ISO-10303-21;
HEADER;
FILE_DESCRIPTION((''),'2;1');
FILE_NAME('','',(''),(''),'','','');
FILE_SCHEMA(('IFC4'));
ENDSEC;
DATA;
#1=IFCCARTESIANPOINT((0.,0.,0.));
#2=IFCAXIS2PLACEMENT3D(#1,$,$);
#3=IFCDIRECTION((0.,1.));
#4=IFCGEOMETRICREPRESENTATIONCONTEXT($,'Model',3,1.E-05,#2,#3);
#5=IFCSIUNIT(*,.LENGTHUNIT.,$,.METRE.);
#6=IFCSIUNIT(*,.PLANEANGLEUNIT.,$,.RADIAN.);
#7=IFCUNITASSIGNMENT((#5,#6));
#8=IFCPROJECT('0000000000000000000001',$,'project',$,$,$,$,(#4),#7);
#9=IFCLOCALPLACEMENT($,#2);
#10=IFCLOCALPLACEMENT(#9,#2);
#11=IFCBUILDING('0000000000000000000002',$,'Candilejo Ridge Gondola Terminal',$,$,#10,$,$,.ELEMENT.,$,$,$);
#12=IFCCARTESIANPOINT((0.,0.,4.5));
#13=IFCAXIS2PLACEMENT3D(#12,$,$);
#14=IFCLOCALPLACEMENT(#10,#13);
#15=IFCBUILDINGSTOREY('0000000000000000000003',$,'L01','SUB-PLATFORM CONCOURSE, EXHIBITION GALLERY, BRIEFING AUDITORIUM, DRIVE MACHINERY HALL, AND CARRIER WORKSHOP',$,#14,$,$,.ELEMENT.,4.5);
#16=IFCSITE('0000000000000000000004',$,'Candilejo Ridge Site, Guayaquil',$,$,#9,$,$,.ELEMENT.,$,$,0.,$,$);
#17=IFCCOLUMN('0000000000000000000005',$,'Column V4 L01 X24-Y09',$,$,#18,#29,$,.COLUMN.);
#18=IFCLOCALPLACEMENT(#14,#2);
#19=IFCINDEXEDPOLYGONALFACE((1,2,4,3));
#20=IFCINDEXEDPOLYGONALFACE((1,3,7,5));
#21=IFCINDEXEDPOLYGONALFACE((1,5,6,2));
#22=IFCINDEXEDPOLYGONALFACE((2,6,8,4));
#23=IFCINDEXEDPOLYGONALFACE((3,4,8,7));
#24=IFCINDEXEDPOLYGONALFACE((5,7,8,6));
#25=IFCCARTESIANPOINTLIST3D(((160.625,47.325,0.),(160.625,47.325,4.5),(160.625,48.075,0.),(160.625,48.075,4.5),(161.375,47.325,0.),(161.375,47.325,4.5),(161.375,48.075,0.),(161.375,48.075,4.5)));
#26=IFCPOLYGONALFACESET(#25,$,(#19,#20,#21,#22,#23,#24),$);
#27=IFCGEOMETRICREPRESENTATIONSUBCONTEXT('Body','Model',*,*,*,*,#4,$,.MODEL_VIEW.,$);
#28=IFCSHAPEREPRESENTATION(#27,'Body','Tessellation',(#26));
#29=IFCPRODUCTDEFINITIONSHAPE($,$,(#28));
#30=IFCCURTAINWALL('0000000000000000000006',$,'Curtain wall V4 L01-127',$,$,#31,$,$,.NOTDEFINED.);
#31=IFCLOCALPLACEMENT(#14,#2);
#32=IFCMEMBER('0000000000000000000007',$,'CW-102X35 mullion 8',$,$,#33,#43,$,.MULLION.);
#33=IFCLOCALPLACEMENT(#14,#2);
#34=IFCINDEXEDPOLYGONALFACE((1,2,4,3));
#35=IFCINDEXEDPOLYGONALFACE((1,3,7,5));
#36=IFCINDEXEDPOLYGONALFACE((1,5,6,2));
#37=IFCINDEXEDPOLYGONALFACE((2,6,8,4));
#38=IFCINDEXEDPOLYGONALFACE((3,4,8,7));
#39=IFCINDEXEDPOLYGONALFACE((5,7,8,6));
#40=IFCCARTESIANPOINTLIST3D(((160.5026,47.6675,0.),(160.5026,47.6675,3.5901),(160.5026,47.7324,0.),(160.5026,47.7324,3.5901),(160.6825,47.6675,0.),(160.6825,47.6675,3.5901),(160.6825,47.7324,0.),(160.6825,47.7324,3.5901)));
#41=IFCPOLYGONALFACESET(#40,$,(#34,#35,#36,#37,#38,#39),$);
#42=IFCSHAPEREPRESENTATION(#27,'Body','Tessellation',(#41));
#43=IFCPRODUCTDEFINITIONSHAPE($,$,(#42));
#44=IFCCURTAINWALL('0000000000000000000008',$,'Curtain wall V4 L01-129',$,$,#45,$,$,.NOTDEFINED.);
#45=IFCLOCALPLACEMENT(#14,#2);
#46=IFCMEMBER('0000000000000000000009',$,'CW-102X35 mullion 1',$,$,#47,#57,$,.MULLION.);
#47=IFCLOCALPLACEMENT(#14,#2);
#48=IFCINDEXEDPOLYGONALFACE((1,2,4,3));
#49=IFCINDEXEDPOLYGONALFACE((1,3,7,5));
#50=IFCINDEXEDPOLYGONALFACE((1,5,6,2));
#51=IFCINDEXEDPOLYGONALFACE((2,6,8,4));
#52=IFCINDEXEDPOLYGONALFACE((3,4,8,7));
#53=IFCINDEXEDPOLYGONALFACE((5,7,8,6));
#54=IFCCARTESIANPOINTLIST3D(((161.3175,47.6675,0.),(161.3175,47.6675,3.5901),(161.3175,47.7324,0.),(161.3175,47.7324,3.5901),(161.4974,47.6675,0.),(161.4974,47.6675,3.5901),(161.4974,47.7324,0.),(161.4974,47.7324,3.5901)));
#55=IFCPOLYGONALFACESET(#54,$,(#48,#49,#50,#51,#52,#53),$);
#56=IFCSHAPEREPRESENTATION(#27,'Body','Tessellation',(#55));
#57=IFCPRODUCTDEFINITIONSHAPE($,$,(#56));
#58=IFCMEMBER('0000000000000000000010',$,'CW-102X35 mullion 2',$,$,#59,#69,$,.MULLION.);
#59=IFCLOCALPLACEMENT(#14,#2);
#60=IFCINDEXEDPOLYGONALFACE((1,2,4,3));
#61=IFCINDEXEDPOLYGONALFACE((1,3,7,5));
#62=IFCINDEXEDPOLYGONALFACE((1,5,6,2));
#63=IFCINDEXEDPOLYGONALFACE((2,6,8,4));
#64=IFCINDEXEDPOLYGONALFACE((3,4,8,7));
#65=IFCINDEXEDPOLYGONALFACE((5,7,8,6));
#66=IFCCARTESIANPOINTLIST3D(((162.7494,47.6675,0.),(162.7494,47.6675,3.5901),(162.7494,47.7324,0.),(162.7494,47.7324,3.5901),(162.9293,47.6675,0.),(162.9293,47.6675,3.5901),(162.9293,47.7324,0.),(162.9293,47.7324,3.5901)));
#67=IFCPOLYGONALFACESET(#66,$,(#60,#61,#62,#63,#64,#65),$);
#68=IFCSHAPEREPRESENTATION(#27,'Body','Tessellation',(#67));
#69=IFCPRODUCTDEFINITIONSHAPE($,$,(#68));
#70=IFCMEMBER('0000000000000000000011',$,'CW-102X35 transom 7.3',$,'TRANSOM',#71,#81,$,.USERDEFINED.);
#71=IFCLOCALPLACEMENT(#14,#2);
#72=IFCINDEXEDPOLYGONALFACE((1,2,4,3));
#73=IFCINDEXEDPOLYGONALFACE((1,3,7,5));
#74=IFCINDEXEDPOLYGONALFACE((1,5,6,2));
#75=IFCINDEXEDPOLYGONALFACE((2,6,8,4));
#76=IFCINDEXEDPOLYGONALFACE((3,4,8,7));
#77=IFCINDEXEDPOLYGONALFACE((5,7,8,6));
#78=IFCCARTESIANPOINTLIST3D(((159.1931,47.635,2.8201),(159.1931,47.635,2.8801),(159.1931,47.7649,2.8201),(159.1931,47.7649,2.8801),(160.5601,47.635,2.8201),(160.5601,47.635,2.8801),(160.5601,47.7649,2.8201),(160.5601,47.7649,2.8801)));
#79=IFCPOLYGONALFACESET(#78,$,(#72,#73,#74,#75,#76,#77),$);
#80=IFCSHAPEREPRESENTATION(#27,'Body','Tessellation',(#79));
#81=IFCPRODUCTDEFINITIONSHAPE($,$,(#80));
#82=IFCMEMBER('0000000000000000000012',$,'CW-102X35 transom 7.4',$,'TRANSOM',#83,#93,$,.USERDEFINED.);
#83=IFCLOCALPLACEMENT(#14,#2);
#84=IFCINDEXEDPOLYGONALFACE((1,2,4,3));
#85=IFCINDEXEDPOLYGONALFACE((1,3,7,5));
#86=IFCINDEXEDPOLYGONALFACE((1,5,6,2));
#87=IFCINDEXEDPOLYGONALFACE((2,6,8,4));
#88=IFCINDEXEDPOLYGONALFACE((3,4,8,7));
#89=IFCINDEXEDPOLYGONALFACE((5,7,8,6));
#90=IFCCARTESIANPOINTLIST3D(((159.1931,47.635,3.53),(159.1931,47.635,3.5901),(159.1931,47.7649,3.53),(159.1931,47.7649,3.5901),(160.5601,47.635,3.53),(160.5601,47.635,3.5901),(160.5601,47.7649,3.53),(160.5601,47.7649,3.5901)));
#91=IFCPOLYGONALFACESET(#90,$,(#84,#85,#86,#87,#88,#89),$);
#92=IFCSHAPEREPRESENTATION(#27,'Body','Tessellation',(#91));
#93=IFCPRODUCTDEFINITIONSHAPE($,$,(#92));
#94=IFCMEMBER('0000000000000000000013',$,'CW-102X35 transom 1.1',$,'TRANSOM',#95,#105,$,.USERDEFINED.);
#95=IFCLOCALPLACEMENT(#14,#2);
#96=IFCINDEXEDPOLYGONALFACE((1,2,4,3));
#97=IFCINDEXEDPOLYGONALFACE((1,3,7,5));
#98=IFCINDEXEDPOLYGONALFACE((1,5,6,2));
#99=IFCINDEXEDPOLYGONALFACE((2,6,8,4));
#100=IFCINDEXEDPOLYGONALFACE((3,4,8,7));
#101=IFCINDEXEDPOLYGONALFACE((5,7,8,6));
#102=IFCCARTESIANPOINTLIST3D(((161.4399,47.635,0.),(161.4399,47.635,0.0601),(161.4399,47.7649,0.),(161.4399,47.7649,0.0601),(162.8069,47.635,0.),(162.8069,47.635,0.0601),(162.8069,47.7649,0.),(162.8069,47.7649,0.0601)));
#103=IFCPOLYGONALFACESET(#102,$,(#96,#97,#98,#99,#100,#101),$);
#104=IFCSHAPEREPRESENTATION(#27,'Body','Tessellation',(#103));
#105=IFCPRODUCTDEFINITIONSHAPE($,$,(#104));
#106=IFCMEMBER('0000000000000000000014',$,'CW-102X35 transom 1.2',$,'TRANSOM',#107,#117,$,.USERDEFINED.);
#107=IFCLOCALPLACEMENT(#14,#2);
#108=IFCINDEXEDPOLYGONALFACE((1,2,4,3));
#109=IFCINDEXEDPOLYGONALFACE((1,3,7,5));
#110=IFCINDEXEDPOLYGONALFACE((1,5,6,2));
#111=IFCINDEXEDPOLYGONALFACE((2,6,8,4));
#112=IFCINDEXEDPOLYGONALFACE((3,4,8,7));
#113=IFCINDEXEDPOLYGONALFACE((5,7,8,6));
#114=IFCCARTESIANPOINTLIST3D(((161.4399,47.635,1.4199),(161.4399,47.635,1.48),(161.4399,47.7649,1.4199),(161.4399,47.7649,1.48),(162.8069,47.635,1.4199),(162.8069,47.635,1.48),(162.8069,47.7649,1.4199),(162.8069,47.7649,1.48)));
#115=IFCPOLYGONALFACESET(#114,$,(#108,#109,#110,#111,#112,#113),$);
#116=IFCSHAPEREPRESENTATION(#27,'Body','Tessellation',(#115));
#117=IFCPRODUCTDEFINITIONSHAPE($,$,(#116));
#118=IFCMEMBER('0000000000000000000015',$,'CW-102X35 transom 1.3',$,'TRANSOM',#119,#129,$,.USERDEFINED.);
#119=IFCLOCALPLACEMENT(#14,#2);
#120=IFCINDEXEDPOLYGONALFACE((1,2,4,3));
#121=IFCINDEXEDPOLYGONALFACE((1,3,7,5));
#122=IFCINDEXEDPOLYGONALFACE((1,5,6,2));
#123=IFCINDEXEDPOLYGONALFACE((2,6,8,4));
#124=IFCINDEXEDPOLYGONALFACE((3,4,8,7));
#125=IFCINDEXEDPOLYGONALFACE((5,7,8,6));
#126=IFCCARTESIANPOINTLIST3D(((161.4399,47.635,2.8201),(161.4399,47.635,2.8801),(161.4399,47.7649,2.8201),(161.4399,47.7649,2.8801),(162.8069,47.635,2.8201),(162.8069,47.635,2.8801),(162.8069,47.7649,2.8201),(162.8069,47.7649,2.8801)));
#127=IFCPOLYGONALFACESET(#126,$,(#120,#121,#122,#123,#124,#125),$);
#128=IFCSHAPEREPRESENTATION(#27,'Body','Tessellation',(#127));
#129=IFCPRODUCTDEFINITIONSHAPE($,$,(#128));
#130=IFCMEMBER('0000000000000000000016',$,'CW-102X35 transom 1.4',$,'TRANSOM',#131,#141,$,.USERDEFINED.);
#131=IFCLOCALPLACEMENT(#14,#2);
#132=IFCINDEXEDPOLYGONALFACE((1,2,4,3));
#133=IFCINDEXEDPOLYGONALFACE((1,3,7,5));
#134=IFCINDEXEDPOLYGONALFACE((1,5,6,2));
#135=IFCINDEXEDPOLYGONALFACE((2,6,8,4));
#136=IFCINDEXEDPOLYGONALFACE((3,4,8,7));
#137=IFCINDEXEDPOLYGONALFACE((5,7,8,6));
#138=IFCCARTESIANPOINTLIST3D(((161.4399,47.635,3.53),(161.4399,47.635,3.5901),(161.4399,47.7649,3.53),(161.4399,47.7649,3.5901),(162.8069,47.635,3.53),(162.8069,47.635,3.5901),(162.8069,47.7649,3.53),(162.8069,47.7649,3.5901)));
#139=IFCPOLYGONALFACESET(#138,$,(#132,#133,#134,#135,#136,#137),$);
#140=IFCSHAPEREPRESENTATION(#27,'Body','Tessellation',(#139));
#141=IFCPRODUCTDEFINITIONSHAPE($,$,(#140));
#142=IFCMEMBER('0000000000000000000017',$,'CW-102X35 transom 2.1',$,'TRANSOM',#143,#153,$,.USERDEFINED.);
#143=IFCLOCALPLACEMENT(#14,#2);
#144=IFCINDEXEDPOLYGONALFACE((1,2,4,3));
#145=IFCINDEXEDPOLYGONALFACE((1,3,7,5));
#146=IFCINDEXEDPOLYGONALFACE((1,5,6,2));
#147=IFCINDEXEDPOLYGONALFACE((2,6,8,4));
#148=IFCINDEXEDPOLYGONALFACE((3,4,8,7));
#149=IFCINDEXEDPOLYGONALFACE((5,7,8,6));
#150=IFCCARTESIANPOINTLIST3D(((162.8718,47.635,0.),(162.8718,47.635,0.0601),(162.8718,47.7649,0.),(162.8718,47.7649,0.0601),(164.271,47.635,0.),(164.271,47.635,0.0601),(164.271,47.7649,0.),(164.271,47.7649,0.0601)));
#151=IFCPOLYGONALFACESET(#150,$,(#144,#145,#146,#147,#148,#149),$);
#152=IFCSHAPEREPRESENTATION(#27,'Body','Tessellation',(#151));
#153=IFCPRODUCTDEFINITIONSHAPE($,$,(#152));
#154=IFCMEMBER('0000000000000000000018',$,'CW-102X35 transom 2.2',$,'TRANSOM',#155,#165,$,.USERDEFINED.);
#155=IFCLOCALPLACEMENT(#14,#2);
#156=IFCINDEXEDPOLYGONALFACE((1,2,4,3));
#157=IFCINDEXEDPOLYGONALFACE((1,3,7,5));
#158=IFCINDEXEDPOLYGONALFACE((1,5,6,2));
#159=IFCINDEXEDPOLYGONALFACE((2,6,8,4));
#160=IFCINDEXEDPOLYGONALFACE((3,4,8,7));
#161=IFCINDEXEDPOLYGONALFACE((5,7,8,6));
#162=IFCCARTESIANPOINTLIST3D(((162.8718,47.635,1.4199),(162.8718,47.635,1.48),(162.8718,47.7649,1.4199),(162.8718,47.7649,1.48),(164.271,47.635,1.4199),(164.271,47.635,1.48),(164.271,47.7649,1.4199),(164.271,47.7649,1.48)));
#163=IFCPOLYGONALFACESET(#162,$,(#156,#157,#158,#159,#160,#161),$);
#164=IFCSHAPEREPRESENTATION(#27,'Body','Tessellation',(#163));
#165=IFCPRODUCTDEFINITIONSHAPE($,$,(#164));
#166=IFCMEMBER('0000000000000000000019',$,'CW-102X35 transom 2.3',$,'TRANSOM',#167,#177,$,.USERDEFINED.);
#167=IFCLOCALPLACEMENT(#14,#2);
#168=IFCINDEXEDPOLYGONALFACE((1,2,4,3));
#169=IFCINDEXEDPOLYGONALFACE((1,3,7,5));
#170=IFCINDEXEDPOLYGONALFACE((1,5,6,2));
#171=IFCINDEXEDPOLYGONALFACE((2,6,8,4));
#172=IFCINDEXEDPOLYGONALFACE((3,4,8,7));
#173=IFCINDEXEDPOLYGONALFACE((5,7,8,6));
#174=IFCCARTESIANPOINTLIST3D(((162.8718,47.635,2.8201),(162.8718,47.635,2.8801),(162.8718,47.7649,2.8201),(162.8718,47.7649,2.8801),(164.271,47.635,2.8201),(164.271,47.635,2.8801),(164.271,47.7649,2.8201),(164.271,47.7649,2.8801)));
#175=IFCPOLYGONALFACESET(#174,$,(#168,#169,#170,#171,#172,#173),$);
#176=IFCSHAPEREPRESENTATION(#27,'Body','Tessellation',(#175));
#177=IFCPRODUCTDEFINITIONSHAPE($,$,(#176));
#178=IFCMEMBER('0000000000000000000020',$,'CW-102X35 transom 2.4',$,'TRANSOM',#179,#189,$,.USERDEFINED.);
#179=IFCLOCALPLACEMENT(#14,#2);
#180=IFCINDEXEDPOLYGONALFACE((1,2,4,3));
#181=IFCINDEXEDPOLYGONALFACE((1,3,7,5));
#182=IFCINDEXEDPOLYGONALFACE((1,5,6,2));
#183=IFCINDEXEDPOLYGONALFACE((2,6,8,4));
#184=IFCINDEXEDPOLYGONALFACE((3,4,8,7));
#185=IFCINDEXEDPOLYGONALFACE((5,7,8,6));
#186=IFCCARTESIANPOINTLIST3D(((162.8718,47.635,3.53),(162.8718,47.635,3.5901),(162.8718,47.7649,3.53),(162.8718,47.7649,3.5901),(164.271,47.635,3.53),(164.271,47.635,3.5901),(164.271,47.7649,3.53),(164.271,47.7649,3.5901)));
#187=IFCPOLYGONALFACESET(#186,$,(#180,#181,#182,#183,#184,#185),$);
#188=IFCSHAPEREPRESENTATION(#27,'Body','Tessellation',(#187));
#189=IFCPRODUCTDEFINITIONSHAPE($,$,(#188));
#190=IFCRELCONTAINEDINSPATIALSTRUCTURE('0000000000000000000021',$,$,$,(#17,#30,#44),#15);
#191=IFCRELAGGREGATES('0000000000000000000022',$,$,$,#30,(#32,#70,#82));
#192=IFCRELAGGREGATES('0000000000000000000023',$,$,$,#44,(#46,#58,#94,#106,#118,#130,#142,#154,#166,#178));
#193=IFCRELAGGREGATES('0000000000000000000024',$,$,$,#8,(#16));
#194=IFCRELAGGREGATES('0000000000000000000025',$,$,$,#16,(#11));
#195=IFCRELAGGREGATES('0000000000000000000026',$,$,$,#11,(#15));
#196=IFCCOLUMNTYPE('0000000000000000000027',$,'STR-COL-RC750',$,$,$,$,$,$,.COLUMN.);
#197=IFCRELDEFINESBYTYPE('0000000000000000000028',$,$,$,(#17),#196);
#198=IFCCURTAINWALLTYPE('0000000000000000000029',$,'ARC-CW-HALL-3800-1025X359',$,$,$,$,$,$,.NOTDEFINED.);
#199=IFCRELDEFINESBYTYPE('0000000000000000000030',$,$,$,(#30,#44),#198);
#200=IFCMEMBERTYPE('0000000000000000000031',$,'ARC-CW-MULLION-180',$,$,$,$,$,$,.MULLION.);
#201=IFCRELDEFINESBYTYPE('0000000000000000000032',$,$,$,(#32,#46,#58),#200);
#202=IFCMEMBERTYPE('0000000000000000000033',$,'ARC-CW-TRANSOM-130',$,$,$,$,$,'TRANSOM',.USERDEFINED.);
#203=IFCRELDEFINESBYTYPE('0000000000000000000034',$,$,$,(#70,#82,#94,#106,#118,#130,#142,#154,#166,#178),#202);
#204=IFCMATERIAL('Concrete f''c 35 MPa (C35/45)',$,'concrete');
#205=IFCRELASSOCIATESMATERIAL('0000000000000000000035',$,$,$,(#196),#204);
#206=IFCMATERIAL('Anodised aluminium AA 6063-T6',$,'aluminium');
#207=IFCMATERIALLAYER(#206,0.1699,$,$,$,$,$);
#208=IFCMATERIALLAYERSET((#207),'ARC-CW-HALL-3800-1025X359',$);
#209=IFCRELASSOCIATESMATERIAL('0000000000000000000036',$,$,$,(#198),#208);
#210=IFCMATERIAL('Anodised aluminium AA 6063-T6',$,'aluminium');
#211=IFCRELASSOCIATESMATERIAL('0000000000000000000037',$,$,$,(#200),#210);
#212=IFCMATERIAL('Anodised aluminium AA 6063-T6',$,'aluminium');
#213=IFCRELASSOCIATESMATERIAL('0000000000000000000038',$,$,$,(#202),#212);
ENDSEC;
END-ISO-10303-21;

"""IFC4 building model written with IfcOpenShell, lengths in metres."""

from ifc_helpers import new_model, si_unit, direction, frame, origin, origin_2d, place, context, subcontext, project, spatial, rectangle, extrude, material, layer, layer_set, material_profile, profile_set, type_object, element, aggregate, save


model = new_model("IFC4")

# Units and contexts
model_context = context("Model", 3, precision=1e-05, world=origin(), true_north=direction((0.0, 1.0)))
body_context = subcontext(model_context, "Body", "Model", "MODEL_VIEW")
ifc_project = project(units=[si_unit("LENGTHUNIT", "METRE"), si_unit("PLANEANGLEUNIT", "RADIAN")], contexts=[model_context])

# Site, building, storey
site_placement = place(None, origin())
site = spatial("IfcSite", under=ifc_project, at=site_placement, Name="Candilejo Ridge Site, Guayaquil", CompositionType="ELEMENT", RefElevation=0.0)
building_placement = place(site_placement, origin())
building = spatial("IfcBuilding", under=site, at=building_placement, Name="Candilejo Ridge Gondola Terminal", CompositionType="ELEMENT")
storey_placement = place(building_placement, frame((0.0, 0.0, 4.5)))
storey = spatial("IfcBuildingStorey", under=building, at=storey_placement, Name="L01", Description="SUB-PLATFORM CONCOURSE, EXHIBITION GALLERY, BRIEFING AUDITORIUM, DRIVE MACHINERY HALL, AND CARRIER WORKSHOP", CompositionType="ELEMENT", Elevation=4.5)

# Column
ifc_material_1 = material(Name="Concrete f'c 35 MPa (C35/45)", Category="concrete")
ifc_material_profile_1 = material_profile(ifc_material_1, rectangle(XDim=0.75, YDim=0.75, at=origin_2d()))
ifc_profile_set_1 = profile_set([ifc_material_profile_1], Name="Concrete f'c 35 MPa (C35/45)")
column_type = type_object("IfcColumnType", Name="STR-COL-RC750", PredefinedType="COLUMN", material=ifc_profile_set_1)
column_placement = place(storey_placement, frame((161.0, 47.7, 0.0), z_axis=(0.0, 0.0, 1.0), x_axis=(1.0, 0.0, 0.0)))
element("IfcColumn", 1, at=column_placement, inside=storey, type_object=column_type, Name="Column V4 L01 X24-Y09", PredefinedType="COLUMN", context=body_context, shape_type="SweptSolid", body=[
    extrude(rectangle(XDim=0.75, YDim=0.75, at=origin_2d()), origin(), (0.0, 0.0, 1.0), 4.5),
])

# Curtain wall, member
ifc_material_2 = material(Name="Anodised aluminium AA 6063-T6", Category="aluminium")
ifc_layer_1 = layer(ifc_material_2, 0.1699)
ifc_layer_set_1 = layer_set([ifc_layer_1], Name="ARC-CW-HALL-3800-1025X359")
curtain_wall_type = type_object("IfcCurtainWallType", Name="ARC-CW-HALL-3800-1025X359", PredefinedType="NOTDEFINED", material=ifc_layer_set_1)
curtain_wall_1_placement = place(storey_placement, origin())
curtain_wall_1 = element("IfcCurtainWall", 2, at=curtain_wall_1_placement, inside=storey, type_object=curtain_wall_type, Name="Curtain wall V4 L01-127", PredefinedType="NOTDEFINED")
ifc_material_3 = material(Name="Anodised aluminium AA 6063-T6", Category="aluminium")
ifc_material_profile_2 = material_profile(ifc_material_3, rectangle(XDim=0.0649, YDim=0.1799, at=origin_2d()))
ifc_profile_set_2 = profile_set([ifc_material_profile_2], Name="Anodised aluminium AA 6063-T6")
member_type_1 = type_object("IfcMemberType", Name="ARC-CW-MULLION-180", PredefinedType="MULLION", material=ifc_profile_set_2)
member_1_placement = place(storey_placement, frame((160.5925, 47.7, 0.0), z_axis=(0.0, 0.0, 1.0), x_axis=(0.0, 1.0, 0.0)))
member_1 = element("IfcMember", 3, at=member_1_placement, type_object=member_type_1, Name="CW-102X35 mullion 8", PredefinedType="MULLION", context=body_context, shape_type="SweptSolid", body=[
    extrude(rectangle(XDim=0.0649, YDim=0.1799, at=origin_2d()), origin(), (0.0, 0.0, 1.0), 3.5901),
])

# Curtain wall, members
curtain_wall_2_placement = place(storey_placement, origin())
curtain_wall_2 = element("IfcCurtainWall", 4, at=curtain_wall_2_placement, inside=storey, type_object=curtain_wall_type, Name="Curtain wall V4 L01-129", PredefinedType="NOTDEFINED")
member_2_placement = place(storey_placement, frame((161.4075, 47.7, 0.0), z_axis=(0.0, 0.0, 1.0), x_axis=(0.0, 1.0, 0.0)))
member_2 = element("IfcMember", 5, at=member_2_placement, type_object=member_type_1, Name="CW-102X35 mullion 1", PredefinedType="MULLION", context=body_context, shape_type="SweptSolid", body=[
    extrude(rectangle(XDim=0.0649, YDim=0.1799, at=origin_2d()), origin(), (0.0, 0.0, 1.0), 3.5901),
])
member_3_placement = place(storey_placement, frame((162.8394, 47.7, 0.0), z_axis=(0.0, 0.0, 1.0), x_axis=(0.0, 1.0, 0.0)))
member_3 = element("IfcMember", 6, at=member_3_placement, type_object=member_type_1, Name="CW-102X35 mullion 2", PredefinedType="MULLION", context=body_context, shape_type="SweptSolid", body=[
    extrude(rectangle(XDim=0.0649, YDim=0.1799, at=origin_2d()), origin(), (0.0, 0.0, 1.0), 3.5901),
])

# Members
ifc_material_4 = material(Name="Anodised aluminium AA 6063-T6", Category="aluminium")
ifc_material_profile_3 = material_profile(ifc_material_4, rectangle(XDim=0.1299, YDim=0.0601, at=origin_2d()))
ifc_profile_set_3 = profile_set([ifc_material_profile_3], Name="Anodised aluminium AA 6063-T6")
member_type_2 = type_object("IfcMemberType", Name="ARC-CW-TRANSOM-130", ElementType="TRANSOM", PredefinedType="USERDEFINED", material=ifc_profile_set_3)
member_4_placement = place(storey_placement, frame((159.1931, 47.7, 2.8501), z_axis=(1.0, 0.0, 0.0), x_axis=(0.0, 1.0, 0.0)))
member_4 = element("IfcMember", 7, at=member_4_placement, type_object=member_type_2, Name="CW-102X35 transom 7.3", ObjectType="TRANSOM", PredefinedType="USERDEFINED", context=body_context, shape_type="SweptSolid", body=[
    extrude(rectangle(XDim=0.1299, YDim=0.0601, at=origin_2d()), origin(), (0.0, 0.0, 1.0), 1.3669),
])
member_5_placement = place(storey_placement, frame((159.1931, 47.7, 3.5601), z_axis=(1.0, 0.0, 0.0), x_axis=(0.0, 1.0, 0.0)))
member_5 = element("IfcMember", 8, at=member_5_placement, type_object=member_type_2, Name="CW-102X35 transom 7.4", ObjectType="TRANSOM", PredefinedType="USERDEFINED", context=body_context, shape_type="SweptSolid", body=[
    extrude(rectangle(XDim=0.1299, YDim=0.0601, at=origin_2d()), origin(), (0.0, 0.0, 1.0), 1.3669),
])
member_6_placement = place(storey_placement, frame((161.4399, 47.7, 0.03), z_axis=(1.0, 0.0, 0.0), x_axis=(0.0, 1.0, 0.0)))
member_6 = element("IfcMember", 9, at=member_6_placement, type_object=member_type_2, Name="CW-102X35 transom 1.1", ObjectType="TRANSOM", PredefinedType="USERDEFINED", context=body_context, shape_type="SweptSolid", body=[
    extrude(rectangle(XDim=0.1299, YDim=0.0601, at=origin_2d()), origin(), (0.0, 0.0, 1.0), 1.3669),
])
member_7_placement = place(storey_placement, frame((161.4399, 47.7, 1.45), z_axis=(1.0, 0.0, 0.0), x_axis=(0.0, 1.0, 0.0)))
member_7 = element("IfcMember", 10, at=member_7_placement, type_object=member_type_2, Name="CW-102X35 transom 1.2", ObjectType="TRANSOM", PredefinedType="USERDEFINED", context=body_context, shape_type="SweptSolid", body=[
    extrude(rectangle(XDim=0.1299, YDim=0.0601, at=origin_2d()), origin(), (0.0, 0.0, 1.0), 1.3669),
])
member_8_placement = place(storey_placement, frame((161.4399, 47.7, 2.8501), z_axis=(1.0, 0.0, 0.0), x_axis=(0.0, 1.0, 0.0)))
member_8 = element("IfcMember", 11, at=member_8_placement, type_object=member_type_2, Name="CW-102X35 transom 1.3", ObjectType="TRANSOM", PredefinedType="USERDEFINED", context=body_context, shape_type="SweptSolid", body=[
    extrude(rectangle(XDim=0.1299, YDim=0.0601, at=origin_2d()), origin(), (0.0, 0.0, 1.0), 1.3669),
])
member_9_placement = place(storey_placement, frame((161.4399, 47.7, 3.5601), z_axis=(1.0, 0.0, 0.0), x_axis=(0.0, 1.0, 0.0)))
member_9 = element("IfcMember", 12, at=member_9_placement, type_object=member_type_2, Name="CW-102X35 transom 1.4", ObjectType="TRANSOM", PredefinedType="USERDEFINED", context=body_context, shape_type="SweptSolid", body=[
    extrude(rectangle(XDim=0.1299, YDim=0.0601, at=origin_2d()), origin(), (0.0, 0.0, 1.0), 1.3669),
])
member_10_placement = place(storey_placement, frame((162.8718, 47.7, 0.03), z_axis=(1.0, 0.0, 0.0), x_axis=(0.0, 1.0, 0.0)))
member_10 = element("IfcMember", 13, at=member_10_placement, type_object=member_type_2, Name="CW-102X35 transom 2.1", ObjectType="TRANSOM", PredefinedType="USERDEFINED", context=body_context, shape_type="SweptSolid", body=[
    extrude(rectangle(XDim=0.1299, YDim=0.0601, at=origin_2d()), origin(), (0.0, 0.0, 1.0), 1.3992),
])
member_11_placement = place(storey_placement, frame((162.8718, 47.7, 1.45), z_axis=(1.0, 0.0, 0.0), x_axis=(0.0, 1.0, 0.0)))
member_11 = element("IfcMember", 14, at=member_11_placement, type_object=member_type_2, Name="CW-102X35 transom 2.2", ObjectType="TRANSOM", PredefinedType="USERDEFINED", context=body_context, shape_type="SweptSolid", body=[
    extrude(rectangle(XDim=0.1299, YDim=0.0601, at=origin_2d()), origin(), (0.0, 0.0, 1.0), 1.3992),
])
member_12_placement = place(storey_placement, frame((162.8718, 47.7, 2.8501), z_axis=(1.0, 0.0, 0.0), x_axis=(0.0, 1.0, 0.0)))
member_12 = element("IfcMember", 15, at=member_12_placement, type_object=member_type_2, Name="CW-102X35 transom 2.3", ObjectType="TRANSOM", PredefinedType="USERDEFINED", context=body_context, shape_type="SweptSolid", body=[
    extrude(rectangle(XDim=0.1299, YDim=0.0601, at=origin_2d()), origin(), (0.0, 0.0, 1.0), 1.3992),
])
member_13_placement = place(storey_placement, frame((162.8718, 47.7, 3.5601), z_axis=(1.0, 0.0, 0.0), x_axis=(0.0, 1.0, 0.0)))
member_13 = element("IfcMember", 16, at=member_13_placement, type_object=member_type_2, Name="CW-102X35 transom 2.4", ObjectType="TRANSOM", PredefinedType="USERDEFINED", context=body_context, shape_type="SweptSolid", body=[
    extrude(rectangle(XDim=0.1299, YDim=0.0601, at=origin_2d()), origin(), (0.0, 0.0, 1.0), 1.3992),
])

aggregate(curtain_wall_1, [member_1, member_4, member_5])
aggregate(curtain_wall_2, [member_2, member_3, member_6, member_7, member_8, member_9, member_10, member_11, member_12, member_13])

save(model, "model.ifc")
